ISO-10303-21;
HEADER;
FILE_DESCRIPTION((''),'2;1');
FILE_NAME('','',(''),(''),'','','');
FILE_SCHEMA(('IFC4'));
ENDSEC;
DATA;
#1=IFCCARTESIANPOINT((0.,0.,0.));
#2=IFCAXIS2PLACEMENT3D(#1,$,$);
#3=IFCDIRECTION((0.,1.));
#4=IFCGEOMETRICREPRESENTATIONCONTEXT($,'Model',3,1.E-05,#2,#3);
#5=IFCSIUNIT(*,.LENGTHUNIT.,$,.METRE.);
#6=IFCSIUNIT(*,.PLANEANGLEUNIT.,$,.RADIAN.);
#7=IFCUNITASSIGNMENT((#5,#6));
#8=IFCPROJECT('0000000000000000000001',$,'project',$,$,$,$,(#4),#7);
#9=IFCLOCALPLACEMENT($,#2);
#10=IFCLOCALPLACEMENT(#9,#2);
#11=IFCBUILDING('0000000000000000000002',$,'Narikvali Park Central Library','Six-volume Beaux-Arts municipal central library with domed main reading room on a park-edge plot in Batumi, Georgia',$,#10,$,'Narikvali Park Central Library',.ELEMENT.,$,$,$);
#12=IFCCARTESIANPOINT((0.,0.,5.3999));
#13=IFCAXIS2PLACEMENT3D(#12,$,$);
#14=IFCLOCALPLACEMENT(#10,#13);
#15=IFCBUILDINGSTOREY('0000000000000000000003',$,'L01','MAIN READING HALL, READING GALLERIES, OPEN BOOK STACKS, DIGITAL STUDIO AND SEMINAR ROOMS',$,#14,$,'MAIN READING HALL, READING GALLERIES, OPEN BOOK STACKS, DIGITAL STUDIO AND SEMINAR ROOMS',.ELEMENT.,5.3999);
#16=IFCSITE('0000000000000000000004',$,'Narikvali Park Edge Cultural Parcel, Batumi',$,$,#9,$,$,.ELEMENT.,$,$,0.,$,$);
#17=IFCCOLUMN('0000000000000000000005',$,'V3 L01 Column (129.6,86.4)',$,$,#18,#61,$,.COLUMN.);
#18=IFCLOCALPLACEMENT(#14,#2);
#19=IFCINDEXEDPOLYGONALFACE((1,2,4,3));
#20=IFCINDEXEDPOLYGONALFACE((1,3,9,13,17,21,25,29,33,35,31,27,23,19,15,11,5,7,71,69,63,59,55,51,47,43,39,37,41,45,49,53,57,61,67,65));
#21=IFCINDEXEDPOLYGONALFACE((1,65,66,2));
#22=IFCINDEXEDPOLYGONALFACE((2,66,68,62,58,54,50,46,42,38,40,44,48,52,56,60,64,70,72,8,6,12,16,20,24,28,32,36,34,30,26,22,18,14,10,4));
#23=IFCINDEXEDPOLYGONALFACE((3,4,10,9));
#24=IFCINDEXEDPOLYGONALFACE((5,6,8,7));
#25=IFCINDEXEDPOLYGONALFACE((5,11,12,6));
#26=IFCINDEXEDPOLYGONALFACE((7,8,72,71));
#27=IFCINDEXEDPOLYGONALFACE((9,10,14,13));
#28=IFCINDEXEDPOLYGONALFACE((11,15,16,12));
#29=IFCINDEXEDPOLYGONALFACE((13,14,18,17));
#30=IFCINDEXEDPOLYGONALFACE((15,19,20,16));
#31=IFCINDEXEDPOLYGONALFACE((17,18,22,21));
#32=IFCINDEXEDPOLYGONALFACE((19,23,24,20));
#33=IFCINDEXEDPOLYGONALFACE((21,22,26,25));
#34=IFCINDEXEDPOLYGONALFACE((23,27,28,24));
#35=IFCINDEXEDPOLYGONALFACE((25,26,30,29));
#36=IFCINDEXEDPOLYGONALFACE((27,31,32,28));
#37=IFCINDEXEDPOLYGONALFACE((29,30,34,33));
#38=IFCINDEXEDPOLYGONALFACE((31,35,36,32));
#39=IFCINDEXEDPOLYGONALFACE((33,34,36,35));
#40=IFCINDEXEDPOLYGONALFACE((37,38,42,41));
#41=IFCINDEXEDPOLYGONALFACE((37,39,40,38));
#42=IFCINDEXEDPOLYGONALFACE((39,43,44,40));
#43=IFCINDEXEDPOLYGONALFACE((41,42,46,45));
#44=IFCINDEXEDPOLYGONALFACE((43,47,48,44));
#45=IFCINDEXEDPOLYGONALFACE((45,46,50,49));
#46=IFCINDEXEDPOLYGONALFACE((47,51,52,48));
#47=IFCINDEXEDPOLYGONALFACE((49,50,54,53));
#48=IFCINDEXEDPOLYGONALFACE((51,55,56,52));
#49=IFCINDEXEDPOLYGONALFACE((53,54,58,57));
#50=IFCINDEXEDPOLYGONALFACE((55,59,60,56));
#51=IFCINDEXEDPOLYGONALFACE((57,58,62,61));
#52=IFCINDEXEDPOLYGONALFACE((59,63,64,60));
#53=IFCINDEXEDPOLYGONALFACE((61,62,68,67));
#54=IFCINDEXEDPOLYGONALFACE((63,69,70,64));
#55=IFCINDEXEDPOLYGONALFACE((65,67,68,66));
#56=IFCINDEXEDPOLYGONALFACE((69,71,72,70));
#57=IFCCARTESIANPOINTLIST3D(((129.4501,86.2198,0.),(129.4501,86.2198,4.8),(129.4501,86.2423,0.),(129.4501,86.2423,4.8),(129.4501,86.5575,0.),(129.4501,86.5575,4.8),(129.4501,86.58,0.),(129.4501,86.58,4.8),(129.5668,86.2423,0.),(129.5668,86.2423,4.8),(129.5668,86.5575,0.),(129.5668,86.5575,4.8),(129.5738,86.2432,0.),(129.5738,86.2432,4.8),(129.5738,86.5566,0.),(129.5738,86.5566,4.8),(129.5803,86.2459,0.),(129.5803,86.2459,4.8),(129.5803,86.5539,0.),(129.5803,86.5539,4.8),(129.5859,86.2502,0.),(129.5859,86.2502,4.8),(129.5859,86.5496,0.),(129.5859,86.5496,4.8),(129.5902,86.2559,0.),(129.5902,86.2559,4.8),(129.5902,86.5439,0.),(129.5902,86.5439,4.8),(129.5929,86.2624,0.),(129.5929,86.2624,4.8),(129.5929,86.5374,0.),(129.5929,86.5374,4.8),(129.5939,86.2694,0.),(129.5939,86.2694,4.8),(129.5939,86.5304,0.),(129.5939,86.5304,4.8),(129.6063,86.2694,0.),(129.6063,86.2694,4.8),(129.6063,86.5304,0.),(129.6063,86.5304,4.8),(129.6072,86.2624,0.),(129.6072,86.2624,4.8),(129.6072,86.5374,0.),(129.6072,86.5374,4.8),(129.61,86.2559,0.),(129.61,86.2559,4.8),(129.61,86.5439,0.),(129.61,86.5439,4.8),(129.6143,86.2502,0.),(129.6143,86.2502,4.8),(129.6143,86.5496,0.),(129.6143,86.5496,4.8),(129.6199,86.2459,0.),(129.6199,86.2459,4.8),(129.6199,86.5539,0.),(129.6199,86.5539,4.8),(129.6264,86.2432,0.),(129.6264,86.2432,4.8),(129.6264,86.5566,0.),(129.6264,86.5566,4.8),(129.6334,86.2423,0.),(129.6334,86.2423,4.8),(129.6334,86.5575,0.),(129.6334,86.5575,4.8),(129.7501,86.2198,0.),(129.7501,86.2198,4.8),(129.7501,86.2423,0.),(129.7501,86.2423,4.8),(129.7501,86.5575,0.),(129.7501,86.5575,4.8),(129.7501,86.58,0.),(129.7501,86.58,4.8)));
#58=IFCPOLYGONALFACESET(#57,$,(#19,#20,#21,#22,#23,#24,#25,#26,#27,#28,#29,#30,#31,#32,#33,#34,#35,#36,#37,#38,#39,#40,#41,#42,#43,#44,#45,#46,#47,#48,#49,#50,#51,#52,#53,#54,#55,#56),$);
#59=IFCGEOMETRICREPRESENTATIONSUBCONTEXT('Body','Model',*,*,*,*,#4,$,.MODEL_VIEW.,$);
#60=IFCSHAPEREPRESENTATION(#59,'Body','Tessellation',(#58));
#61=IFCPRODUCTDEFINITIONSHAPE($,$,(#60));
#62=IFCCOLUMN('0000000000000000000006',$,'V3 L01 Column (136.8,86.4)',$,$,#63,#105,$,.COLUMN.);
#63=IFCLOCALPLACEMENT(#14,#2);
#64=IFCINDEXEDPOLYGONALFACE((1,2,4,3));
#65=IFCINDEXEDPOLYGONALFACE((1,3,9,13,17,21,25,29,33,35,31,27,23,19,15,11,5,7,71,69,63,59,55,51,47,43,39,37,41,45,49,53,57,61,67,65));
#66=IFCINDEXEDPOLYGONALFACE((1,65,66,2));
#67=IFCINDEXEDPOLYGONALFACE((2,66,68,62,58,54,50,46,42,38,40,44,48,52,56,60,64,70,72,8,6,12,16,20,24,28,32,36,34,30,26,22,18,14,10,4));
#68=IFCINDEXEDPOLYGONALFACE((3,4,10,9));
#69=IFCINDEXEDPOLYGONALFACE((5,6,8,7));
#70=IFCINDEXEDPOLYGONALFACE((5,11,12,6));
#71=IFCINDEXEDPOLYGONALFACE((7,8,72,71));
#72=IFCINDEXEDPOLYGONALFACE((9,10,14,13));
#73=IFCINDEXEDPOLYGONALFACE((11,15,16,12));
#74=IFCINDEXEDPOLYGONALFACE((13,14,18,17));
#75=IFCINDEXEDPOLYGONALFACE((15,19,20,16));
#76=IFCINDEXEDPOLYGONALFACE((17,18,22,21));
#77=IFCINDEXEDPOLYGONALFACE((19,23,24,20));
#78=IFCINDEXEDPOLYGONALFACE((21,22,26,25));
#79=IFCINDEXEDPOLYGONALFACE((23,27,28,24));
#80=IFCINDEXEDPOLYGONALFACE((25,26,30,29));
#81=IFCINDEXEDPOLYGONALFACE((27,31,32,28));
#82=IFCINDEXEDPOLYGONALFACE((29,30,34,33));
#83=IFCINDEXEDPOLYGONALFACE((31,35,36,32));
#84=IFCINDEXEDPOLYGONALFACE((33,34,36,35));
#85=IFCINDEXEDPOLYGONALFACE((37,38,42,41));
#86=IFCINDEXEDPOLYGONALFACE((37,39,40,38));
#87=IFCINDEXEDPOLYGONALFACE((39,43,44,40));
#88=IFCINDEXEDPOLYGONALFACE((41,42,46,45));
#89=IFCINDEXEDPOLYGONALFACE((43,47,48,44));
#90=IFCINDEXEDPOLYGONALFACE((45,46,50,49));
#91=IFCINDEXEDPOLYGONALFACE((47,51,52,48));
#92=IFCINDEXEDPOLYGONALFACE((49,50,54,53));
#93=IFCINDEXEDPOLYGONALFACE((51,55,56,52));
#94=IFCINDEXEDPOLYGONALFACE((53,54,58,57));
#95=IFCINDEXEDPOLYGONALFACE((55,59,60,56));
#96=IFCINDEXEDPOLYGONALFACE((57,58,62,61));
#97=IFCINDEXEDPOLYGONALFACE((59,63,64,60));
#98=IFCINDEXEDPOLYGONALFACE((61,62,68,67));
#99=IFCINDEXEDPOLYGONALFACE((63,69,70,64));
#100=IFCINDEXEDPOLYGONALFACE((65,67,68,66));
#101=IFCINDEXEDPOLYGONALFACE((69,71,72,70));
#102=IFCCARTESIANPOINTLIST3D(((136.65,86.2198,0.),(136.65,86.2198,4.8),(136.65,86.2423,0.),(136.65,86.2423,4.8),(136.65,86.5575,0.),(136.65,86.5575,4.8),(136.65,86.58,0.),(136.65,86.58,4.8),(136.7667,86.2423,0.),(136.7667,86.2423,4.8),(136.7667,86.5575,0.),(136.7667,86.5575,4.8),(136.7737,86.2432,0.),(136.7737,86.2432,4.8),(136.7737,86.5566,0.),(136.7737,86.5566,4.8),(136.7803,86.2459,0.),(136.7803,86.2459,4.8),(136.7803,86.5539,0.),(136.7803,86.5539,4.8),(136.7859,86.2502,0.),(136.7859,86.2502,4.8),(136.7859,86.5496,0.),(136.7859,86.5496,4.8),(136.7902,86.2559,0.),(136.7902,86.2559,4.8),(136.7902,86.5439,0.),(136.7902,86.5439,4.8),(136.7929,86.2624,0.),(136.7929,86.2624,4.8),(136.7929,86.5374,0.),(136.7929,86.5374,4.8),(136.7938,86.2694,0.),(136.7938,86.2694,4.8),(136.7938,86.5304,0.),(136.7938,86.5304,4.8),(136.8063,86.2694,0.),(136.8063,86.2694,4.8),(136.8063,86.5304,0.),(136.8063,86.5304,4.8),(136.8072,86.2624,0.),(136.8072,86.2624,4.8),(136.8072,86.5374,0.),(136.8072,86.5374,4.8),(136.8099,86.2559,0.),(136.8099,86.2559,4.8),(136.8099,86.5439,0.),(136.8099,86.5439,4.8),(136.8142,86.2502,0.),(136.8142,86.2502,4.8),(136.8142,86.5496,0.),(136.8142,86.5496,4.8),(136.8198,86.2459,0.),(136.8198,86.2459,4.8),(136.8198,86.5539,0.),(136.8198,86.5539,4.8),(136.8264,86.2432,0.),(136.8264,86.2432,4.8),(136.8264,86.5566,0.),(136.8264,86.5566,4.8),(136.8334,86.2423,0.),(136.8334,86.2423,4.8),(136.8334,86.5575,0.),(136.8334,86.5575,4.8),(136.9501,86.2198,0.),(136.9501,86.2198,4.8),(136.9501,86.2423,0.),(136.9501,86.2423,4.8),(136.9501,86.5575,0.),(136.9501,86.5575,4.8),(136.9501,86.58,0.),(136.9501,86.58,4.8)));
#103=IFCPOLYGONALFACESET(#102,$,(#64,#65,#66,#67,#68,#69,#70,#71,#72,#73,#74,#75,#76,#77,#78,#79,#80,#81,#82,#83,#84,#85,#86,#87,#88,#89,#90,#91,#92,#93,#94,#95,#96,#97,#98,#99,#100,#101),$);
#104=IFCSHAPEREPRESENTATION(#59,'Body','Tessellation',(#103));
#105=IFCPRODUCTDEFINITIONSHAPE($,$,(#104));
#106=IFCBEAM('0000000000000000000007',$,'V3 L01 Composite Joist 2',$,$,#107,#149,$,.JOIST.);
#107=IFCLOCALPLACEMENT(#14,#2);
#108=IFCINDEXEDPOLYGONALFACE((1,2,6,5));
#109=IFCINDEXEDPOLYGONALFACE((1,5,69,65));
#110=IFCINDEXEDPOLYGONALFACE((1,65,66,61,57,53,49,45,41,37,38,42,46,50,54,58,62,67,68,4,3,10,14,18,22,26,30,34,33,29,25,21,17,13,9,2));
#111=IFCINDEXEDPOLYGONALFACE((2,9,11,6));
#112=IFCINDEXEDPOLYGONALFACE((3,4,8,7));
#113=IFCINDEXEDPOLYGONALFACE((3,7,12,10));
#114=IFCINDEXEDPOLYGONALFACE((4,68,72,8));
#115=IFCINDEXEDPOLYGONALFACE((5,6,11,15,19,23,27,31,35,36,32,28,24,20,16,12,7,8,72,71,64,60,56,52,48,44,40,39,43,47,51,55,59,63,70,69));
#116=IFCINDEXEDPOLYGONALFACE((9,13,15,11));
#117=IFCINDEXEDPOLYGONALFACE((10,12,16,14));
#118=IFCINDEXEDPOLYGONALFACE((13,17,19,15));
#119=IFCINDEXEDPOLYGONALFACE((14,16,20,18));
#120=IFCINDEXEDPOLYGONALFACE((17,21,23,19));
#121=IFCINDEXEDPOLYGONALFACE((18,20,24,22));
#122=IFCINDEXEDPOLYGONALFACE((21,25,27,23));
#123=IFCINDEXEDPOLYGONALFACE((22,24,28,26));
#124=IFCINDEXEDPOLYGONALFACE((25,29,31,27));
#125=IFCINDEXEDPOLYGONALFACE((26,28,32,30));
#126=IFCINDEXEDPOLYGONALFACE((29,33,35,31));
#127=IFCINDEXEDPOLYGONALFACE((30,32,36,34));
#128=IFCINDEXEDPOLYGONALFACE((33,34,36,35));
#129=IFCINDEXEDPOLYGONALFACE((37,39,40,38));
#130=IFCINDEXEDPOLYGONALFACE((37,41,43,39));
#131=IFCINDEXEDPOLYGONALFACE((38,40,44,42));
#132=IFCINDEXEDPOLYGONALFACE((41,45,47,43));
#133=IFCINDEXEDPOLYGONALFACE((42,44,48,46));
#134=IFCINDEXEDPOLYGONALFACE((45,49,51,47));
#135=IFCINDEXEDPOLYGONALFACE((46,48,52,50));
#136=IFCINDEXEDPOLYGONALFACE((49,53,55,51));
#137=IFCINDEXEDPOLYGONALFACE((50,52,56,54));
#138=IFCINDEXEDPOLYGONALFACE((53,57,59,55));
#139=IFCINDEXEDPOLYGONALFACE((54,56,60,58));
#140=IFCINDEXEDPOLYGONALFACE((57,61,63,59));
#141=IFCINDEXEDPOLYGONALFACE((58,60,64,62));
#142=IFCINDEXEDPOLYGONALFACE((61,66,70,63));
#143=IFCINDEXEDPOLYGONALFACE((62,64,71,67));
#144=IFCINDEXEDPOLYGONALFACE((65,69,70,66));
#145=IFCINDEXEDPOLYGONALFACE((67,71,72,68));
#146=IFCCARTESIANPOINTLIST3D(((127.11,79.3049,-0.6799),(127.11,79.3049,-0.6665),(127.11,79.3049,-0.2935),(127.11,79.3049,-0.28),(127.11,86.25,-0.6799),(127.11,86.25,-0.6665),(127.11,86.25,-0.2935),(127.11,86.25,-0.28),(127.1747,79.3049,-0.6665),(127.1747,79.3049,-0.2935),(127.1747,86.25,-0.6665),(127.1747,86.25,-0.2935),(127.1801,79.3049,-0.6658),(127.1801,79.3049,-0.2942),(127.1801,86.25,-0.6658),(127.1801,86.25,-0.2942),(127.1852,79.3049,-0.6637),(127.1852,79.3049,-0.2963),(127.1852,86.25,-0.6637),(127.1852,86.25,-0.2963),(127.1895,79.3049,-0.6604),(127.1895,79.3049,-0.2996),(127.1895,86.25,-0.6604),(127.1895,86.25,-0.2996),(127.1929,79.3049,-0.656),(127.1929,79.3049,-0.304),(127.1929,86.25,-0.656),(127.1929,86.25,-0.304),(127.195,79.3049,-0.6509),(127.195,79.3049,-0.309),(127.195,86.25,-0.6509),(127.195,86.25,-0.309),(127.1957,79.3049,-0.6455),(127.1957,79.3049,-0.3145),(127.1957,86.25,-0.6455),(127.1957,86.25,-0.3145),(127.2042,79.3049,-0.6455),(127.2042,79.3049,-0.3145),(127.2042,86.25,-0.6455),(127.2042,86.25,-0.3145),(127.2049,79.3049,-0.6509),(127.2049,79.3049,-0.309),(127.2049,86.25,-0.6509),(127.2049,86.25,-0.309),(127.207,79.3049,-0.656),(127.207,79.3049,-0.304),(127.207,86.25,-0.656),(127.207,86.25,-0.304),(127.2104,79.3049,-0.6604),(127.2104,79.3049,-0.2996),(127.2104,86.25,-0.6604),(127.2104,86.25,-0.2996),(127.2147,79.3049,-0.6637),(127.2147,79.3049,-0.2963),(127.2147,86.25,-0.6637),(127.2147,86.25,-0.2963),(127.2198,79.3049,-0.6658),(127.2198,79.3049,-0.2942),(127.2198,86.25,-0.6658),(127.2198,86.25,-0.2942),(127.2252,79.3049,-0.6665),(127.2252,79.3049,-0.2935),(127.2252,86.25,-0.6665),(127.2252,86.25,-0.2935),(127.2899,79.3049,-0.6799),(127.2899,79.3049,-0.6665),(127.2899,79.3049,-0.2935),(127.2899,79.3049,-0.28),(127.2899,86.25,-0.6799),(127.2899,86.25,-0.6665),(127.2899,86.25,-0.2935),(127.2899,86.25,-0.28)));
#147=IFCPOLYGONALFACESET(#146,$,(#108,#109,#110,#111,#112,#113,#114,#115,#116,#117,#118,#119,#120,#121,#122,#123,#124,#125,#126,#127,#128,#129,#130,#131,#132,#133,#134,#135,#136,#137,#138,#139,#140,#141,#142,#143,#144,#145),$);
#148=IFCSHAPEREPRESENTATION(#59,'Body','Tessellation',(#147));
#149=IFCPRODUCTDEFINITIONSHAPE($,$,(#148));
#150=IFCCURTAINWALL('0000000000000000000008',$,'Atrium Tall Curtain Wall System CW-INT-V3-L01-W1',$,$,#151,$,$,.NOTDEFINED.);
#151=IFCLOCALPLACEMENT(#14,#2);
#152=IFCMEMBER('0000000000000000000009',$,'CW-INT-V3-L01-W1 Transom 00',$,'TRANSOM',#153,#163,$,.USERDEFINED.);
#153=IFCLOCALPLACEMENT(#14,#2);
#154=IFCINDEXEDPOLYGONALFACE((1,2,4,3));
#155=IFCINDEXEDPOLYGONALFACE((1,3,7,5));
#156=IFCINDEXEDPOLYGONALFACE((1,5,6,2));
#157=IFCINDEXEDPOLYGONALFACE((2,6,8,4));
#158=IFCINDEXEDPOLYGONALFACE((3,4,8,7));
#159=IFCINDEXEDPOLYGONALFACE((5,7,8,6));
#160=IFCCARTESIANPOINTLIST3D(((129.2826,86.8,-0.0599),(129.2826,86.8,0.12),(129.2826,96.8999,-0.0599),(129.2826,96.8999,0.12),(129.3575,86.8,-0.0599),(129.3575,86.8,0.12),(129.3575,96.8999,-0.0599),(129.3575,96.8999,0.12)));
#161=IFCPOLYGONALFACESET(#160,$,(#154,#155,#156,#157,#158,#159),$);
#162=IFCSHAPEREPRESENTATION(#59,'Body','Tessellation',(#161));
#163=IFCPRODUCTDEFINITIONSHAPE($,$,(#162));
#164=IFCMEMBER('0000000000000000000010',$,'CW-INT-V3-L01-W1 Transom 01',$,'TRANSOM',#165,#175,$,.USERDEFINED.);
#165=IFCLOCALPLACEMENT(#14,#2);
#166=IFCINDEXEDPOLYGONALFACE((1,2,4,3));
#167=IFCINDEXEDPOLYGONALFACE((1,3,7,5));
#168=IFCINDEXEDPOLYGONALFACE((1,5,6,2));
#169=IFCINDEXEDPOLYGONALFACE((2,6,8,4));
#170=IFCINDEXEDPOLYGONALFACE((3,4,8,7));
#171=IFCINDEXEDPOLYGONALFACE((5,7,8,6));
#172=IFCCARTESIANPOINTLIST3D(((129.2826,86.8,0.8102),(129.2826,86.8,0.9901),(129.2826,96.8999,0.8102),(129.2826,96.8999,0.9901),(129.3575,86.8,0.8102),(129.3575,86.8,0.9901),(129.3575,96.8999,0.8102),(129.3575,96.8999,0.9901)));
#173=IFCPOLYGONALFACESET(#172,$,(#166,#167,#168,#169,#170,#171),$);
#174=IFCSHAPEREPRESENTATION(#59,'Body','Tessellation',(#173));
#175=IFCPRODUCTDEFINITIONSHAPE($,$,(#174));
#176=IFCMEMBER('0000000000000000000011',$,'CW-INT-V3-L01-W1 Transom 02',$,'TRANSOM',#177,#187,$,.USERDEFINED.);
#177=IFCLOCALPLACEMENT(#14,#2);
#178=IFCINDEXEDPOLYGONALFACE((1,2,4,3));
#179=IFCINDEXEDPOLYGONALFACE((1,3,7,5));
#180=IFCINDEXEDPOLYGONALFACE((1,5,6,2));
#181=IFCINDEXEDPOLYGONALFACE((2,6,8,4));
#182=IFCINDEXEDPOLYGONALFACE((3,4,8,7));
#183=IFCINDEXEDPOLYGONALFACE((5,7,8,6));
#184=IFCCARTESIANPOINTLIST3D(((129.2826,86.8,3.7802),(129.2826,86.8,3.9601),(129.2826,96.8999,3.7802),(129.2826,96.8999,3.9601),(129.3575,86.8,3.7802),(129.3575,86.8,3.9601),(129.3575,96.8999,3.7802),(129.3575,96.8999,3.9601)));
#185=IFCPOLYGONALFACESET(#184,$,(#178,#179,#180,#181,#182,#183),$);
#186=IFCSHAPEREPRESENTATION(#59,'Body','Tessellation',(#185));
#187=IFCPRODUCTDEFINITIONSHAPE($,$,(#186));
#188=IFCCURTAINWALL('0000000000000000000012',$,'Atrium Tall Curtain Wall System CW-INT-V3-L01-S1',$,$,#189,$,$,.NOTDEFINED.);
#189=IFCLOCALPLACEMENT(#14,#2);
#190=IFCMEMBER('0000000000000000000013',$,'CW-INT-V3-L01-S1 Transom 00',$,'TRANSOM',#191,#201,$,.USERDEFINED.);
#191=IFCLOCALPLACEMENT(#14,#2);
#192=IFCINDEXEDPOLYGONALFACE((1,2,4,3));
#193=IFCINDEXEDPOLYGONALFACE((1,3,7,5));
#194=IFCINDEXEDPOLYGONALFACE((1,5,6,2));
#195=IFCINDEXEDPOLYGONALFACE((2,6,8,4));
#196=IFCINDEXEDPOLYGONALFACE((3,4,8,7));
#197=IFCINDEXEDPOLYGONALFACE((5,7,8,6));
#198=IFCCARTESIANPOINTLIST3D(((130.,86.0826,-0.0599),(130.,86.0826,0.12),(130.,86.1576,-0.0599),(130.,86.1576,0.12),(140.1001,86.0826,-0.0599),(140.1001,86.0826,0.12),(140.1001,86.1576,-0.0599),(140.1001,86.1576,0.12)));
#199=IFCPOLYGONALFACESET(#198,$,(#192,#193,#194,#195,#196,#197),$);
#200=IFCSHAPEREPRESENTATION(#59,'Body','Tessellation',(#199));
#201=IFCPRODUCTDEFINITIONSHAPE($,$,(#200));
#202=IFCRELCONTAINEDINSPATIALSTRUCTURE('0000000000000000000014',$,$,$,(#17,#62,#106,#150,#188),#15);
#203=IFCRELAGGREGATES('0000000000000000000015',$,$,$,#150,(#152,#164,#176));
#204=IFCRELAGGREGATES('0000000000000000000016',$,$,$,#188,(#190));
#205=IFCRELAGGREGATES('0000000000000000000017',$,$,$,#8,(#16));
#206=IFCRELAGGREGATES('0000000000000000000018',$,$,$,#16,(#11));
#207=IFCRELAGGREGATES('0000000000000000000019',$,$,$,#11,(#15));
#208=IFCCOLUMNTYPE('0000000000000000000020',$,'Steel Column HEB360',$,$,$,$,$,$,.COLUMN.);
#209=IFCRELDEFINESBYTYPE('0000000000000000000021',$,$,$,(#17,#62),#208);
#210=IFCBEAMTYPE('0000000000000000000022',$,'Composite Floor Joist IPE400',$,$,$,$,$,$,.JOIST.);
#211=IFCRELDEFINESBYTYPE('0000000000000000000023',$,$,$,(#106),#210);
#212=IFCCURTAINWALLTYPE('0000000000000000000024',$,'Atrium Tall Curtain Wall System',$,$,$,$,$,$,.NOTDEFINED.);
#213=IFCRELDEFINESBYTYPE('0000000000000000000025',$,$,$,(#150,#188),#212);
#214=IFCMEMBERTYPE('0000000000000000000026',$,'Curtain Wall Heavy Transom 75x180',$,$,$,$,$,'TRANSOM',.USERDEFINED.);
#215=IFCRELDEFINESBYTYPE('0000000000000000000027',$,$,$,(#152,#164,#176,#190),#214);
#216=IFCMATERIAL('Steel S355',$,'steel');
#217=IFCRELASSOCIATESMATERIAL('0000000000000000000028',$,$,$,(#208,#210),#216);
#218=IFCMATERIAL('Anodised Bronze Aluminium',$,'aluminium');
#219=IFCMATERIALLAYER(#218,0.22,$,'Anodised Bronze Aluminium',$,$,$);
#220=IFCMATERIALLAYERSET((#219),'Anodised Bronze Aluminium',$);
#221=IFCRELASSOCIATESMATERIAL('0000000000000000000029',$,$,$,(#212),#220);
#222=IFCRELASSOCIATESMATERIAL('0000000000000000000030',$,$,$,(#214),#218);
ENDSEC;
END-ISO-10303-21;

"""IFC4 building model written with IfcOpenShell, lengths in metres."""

from ifc_helpers import new_model, si_unit, direction, frame, origin, origin_2d, place, context, subcontext, project, spatial, rectangle, i_section, extrude, material, layer, layer_set, material_profile, profile_set, type_object, element, aggregate, save


model = new_model("IFC4")

# Units and contexts
model_context = context("Model", 3, precision=1e-05, world=origin(), true_north=direction((0.0, 1.0)))
body_context = subcontext(model_context, "Body", "Model", "MODEL_VIEW")
ifc_project = project(units=[si_unit("LENGTHUNIT", "METRE"), si_unit("PLANEANGLEUNIT", "RADIAN")], contexts=[model_context])

# Site, building, storey
site_placement = place(None, origin())
site = spatial("IfcSite", under=ifc_project, at=site_placement, Name="Narikvali Park Edge Cultural Parcel, Batumi", CompositionType="ELEMENT", RefElevation=0.0)
building_placement = place(site_placement, origin())
building = spatial("IfcBuilding", under=site, at=building_placement, Name="Narikvali Park Central Library", Description="Six-volume Beaux-Arts municipal central library with domed main reading room on a park-edge plot in Batumi, Georgia", LongName="Narikvali Park Central Library", CompositionType="ELEMENT")
storey_placement = place(building_placement, frame((0.0, 0.0, 5.3999)))
storey = spatial("IfcBuildingStorey", under=building, at=storey_placement, Name="L01", Description="MAIN READING HALL, READING GALLERIES, OPEN BOOK STACKS, DIGITAL STUDIO AND SEMINAR ROOMS", LongName="MAIN READING HALL, READING GALLERIES, OPEN BOOK STACKS, DIGITAL STUDIO AND SEMINAR ROOMS", CompositionType="ELEMENT", Elevation=5.3999)

# Columns
ifc_material_1 = material(Name="Steel S355", Category="steel")
ifc_material_profile_1 = material_profile(ifc_material_1, i_section(OverallWidth=0.3, OverallDepth=0.3601, WebThickness=0.0125, FlangeThickness=0.0225, FilletRadius=0.0271, at=origin_2d()), Name="HEB 360")
ifc_profile_set_1 = profile_set([ifc_material_profile_1], Name="Steel S355")
column_type = type_object("IfcColumnType", Name="Steel Column HEB360", PredefinedType="COLUMN", material=ifc_profile_set_1)
for number, where, z_axis, x_axis, name in (
    (1, (129.6001, 86.3999, 0.0), (0.0, 0.0, 1.0), (1.0, 0.0, 0.0), "V3 L01 Column (129.6,86.4)"),
    (2, (136.8, 86.3999, 0.0), (0.0, 0.0, 1.0), (1.0, 0.0, 0.0), "V3 L01 Column (136.8,86.4)"),
):
    element("IfcColumn", number, at=place(storey_placement, frame(where, z_axis=z_axis, x_axis=x_axis)), inside=storey, type_object=column_type, Name=name, PredefinedType="COLUMN", context=body_context, shape_type="SweptSolid", body=[
        extrude(i_section(OverallWidth=0.3, OverallDepth=0.3601, WebThickness=0.0125, FlangeThickness=0.0225, FilletRadius=0.0271, at=origin_2d()), origin(), (0.0, 0.0, 1.0), 4.8),
    ])

# Beam
ifc_material_profile_2 = material_profile(ifc_material_1, i_section(OverallWidth=0.1799, OverallDepth=0.3999, WebThickness=0.0085, FlangeThickness=0.0134, FilletRadius=0.021, at=origin_2d()), Name="IPE 400")
ifc_profile_set_2 = profile_set([ifc_material_profile_2], Name="Steel S355")
beam_type = type_object("IfcBeamType", Name="Composite Floor Joist IPE400", PredefinedType="JOIST", material=ifc_profile_set_2)
beam_placement = place(storey_placement, frame((127.2, 79.3049, -0.48), z_axis=(0.0, 1.0, 0.0), x_axis=(-1.0, 0.0, 0.0)))
element("IfcBeam", 3, at=beam_placement, inside=storey, type_object=beam_type, Name="V3 L01 Composite Joist 2", PredefinedType="JOIST", context=body_context, shape_type="SweptSolid", body=[
    extrude(i_section(OverallWidth=0.1799, OverallDepth=0.3999, WebThickness=0.0085, FlangeThickness=0.0134, FilletRadius=0.021, at=origin_2d()), origin(), (0.0, 0.0, 1.0), 6.9451),
])

# Curtain walls, members
ifc_material_2 = material(Name="Anodised Bronze Aluminium", Category="aluminium")
ifc_layer_1 = layer(ifc_material_2, 0.22, Name="Anodised Bronze Aluminium")
ifc_layer_set_1 = layer_set([ifc_layer_1], Name="Anodised Bronze Aluminium")
curtain_wall_type = type_object("IfcCurtainWallType", Name="Atrium Tall Curtain Wall System", PredefinedType="NOTDEFINED", material=ifc_layer_set_1)
curtain_wall_1_placement = place(storey_placement, origin())
curtain_wall_1 = element("IfcCurtainWall", 4, at=curtain_wall_1_placement, inside=storey, type_object=curtain_wall_type, Name="Atrium Tall Curtain Wall System CW-INT-V3-L01-W1", PredefinedType="NOTDEFINED")
ifc_material_profile_3 = material_profile(ifc_material_2, rectangle(XDim=0.075, YDim=0.1799, at=origin_2d()), Name="CW TRANSOM 75x180")
ifc_profile_set_3 = profile_set([ifc_material_profile_3], Name="Anodised Bronze Aluminium")
member_type_1 = type_object("IfcMemberType", Name="Curtain Wall Heavy Transom 75x180", ElementType="TRANSOM", PredefinedType="USERDEFINED", material=ifc_profile_set_3)
member_1_placement = place(storey_placement, frame((129.3201, 86.8, 0.03), z_axis=(0.0, 1.0, 0.0), x_axis=(-1.0, 0.0, 0.0)))
member_1 = element("IfcMember", 5, at=member_1_placement, type_object=member_type_1, Name="CW-INT-V3-L01-W1 Transom 00", ObjectType="TRANSOM", PredefinedType="USERDEFINED", context=body_context, shape_type="SweptSolid", body=[
    extrude(rectangle(XDim=0.075, YDim=0.1799, at=origin_2d()), origin(), (0.0, 0.0, 1.0), 10.0999),
])
member_2_placement = place(storey_placement, frame((129.3201, 86.8, 0.9001), z_axis=(0.0, 1.0, 0.0), x_axis=(-1.0, 0.0, 0.0)))
member_2 = element("IfcMember", 6, at=member_2_placement, type_object=member_type_1, Name="CW-INT-V3-L01-W1 Transom 01", ObjectType="TRANSOM", PredefinedType="USERDEFINED", context=body_context, shape_type="SweptSolid", body=[
    extrude(rectangle(XDim=0.075, YDim=0.1799, at=origin_2d()), origin(), (0.0, 0.0, 1.0), 10.0999),
])
member_3_placement = place(storey_placement, frame((129.3201, 86.8, 3.8701), z_axis=(0.0, 1.0, 0.0), x_axis=(-1.0, 0.0, 0.0)))
member_3 = element("IfcMember", 7, at=member_3_placement, type_object=member_type_1, Name="CW-INT-V3-L01-W1 Transom 02", ObjectType="TRANSOM", PredefinedType="USERDEFINED", context=body_context, shape_type="SweptSolid", body=[
    extrude(rectangle(XDim=0.075, YDim=0.1799, at=origin_2d()), origin(), (0.0, 0.0, 1.0), 10.0999),
])
curtain_wall_2_placement = place(storey_placement, origin())
curtain_wall_2 = element("IfcCurtainWall", 8, at=curtain_wall_2_placement, inside=storey, type_object=curtain_wall_type, Name="Atrium Tall Curtain Wall System CW-INT-V3-L01-S1", PredefinedType="NOTDEFINED")
member_4_placement = place(storey_placement, frame((130.0, 86.1201, 0.03), z_axis=(1.0, 0.0, 0.0), x_axis=(0.0, 1.0, 0.0)))
member_4 = element("IfcMember", 9, at=member_4_placement, type_object=member_type_1, Name="CW-INT-V3-L01-S1 Transom 00", ObjectType="TRANSOM", PredefinedType="USERDEFINED", context=body_context, shape_type="SweptSolid", body=[
    extrude(rectangle(XDim=0.075, YDim=0.1799, at=origin_2d()), origin(), (0.0, 0.0, 1.0), 10.1001),
])

aggregate(curtain_wall_1, [member_1, member_2, member_3])
aggregate(curtain_wall_2, [member_4])

save(model, "model.ifc")
